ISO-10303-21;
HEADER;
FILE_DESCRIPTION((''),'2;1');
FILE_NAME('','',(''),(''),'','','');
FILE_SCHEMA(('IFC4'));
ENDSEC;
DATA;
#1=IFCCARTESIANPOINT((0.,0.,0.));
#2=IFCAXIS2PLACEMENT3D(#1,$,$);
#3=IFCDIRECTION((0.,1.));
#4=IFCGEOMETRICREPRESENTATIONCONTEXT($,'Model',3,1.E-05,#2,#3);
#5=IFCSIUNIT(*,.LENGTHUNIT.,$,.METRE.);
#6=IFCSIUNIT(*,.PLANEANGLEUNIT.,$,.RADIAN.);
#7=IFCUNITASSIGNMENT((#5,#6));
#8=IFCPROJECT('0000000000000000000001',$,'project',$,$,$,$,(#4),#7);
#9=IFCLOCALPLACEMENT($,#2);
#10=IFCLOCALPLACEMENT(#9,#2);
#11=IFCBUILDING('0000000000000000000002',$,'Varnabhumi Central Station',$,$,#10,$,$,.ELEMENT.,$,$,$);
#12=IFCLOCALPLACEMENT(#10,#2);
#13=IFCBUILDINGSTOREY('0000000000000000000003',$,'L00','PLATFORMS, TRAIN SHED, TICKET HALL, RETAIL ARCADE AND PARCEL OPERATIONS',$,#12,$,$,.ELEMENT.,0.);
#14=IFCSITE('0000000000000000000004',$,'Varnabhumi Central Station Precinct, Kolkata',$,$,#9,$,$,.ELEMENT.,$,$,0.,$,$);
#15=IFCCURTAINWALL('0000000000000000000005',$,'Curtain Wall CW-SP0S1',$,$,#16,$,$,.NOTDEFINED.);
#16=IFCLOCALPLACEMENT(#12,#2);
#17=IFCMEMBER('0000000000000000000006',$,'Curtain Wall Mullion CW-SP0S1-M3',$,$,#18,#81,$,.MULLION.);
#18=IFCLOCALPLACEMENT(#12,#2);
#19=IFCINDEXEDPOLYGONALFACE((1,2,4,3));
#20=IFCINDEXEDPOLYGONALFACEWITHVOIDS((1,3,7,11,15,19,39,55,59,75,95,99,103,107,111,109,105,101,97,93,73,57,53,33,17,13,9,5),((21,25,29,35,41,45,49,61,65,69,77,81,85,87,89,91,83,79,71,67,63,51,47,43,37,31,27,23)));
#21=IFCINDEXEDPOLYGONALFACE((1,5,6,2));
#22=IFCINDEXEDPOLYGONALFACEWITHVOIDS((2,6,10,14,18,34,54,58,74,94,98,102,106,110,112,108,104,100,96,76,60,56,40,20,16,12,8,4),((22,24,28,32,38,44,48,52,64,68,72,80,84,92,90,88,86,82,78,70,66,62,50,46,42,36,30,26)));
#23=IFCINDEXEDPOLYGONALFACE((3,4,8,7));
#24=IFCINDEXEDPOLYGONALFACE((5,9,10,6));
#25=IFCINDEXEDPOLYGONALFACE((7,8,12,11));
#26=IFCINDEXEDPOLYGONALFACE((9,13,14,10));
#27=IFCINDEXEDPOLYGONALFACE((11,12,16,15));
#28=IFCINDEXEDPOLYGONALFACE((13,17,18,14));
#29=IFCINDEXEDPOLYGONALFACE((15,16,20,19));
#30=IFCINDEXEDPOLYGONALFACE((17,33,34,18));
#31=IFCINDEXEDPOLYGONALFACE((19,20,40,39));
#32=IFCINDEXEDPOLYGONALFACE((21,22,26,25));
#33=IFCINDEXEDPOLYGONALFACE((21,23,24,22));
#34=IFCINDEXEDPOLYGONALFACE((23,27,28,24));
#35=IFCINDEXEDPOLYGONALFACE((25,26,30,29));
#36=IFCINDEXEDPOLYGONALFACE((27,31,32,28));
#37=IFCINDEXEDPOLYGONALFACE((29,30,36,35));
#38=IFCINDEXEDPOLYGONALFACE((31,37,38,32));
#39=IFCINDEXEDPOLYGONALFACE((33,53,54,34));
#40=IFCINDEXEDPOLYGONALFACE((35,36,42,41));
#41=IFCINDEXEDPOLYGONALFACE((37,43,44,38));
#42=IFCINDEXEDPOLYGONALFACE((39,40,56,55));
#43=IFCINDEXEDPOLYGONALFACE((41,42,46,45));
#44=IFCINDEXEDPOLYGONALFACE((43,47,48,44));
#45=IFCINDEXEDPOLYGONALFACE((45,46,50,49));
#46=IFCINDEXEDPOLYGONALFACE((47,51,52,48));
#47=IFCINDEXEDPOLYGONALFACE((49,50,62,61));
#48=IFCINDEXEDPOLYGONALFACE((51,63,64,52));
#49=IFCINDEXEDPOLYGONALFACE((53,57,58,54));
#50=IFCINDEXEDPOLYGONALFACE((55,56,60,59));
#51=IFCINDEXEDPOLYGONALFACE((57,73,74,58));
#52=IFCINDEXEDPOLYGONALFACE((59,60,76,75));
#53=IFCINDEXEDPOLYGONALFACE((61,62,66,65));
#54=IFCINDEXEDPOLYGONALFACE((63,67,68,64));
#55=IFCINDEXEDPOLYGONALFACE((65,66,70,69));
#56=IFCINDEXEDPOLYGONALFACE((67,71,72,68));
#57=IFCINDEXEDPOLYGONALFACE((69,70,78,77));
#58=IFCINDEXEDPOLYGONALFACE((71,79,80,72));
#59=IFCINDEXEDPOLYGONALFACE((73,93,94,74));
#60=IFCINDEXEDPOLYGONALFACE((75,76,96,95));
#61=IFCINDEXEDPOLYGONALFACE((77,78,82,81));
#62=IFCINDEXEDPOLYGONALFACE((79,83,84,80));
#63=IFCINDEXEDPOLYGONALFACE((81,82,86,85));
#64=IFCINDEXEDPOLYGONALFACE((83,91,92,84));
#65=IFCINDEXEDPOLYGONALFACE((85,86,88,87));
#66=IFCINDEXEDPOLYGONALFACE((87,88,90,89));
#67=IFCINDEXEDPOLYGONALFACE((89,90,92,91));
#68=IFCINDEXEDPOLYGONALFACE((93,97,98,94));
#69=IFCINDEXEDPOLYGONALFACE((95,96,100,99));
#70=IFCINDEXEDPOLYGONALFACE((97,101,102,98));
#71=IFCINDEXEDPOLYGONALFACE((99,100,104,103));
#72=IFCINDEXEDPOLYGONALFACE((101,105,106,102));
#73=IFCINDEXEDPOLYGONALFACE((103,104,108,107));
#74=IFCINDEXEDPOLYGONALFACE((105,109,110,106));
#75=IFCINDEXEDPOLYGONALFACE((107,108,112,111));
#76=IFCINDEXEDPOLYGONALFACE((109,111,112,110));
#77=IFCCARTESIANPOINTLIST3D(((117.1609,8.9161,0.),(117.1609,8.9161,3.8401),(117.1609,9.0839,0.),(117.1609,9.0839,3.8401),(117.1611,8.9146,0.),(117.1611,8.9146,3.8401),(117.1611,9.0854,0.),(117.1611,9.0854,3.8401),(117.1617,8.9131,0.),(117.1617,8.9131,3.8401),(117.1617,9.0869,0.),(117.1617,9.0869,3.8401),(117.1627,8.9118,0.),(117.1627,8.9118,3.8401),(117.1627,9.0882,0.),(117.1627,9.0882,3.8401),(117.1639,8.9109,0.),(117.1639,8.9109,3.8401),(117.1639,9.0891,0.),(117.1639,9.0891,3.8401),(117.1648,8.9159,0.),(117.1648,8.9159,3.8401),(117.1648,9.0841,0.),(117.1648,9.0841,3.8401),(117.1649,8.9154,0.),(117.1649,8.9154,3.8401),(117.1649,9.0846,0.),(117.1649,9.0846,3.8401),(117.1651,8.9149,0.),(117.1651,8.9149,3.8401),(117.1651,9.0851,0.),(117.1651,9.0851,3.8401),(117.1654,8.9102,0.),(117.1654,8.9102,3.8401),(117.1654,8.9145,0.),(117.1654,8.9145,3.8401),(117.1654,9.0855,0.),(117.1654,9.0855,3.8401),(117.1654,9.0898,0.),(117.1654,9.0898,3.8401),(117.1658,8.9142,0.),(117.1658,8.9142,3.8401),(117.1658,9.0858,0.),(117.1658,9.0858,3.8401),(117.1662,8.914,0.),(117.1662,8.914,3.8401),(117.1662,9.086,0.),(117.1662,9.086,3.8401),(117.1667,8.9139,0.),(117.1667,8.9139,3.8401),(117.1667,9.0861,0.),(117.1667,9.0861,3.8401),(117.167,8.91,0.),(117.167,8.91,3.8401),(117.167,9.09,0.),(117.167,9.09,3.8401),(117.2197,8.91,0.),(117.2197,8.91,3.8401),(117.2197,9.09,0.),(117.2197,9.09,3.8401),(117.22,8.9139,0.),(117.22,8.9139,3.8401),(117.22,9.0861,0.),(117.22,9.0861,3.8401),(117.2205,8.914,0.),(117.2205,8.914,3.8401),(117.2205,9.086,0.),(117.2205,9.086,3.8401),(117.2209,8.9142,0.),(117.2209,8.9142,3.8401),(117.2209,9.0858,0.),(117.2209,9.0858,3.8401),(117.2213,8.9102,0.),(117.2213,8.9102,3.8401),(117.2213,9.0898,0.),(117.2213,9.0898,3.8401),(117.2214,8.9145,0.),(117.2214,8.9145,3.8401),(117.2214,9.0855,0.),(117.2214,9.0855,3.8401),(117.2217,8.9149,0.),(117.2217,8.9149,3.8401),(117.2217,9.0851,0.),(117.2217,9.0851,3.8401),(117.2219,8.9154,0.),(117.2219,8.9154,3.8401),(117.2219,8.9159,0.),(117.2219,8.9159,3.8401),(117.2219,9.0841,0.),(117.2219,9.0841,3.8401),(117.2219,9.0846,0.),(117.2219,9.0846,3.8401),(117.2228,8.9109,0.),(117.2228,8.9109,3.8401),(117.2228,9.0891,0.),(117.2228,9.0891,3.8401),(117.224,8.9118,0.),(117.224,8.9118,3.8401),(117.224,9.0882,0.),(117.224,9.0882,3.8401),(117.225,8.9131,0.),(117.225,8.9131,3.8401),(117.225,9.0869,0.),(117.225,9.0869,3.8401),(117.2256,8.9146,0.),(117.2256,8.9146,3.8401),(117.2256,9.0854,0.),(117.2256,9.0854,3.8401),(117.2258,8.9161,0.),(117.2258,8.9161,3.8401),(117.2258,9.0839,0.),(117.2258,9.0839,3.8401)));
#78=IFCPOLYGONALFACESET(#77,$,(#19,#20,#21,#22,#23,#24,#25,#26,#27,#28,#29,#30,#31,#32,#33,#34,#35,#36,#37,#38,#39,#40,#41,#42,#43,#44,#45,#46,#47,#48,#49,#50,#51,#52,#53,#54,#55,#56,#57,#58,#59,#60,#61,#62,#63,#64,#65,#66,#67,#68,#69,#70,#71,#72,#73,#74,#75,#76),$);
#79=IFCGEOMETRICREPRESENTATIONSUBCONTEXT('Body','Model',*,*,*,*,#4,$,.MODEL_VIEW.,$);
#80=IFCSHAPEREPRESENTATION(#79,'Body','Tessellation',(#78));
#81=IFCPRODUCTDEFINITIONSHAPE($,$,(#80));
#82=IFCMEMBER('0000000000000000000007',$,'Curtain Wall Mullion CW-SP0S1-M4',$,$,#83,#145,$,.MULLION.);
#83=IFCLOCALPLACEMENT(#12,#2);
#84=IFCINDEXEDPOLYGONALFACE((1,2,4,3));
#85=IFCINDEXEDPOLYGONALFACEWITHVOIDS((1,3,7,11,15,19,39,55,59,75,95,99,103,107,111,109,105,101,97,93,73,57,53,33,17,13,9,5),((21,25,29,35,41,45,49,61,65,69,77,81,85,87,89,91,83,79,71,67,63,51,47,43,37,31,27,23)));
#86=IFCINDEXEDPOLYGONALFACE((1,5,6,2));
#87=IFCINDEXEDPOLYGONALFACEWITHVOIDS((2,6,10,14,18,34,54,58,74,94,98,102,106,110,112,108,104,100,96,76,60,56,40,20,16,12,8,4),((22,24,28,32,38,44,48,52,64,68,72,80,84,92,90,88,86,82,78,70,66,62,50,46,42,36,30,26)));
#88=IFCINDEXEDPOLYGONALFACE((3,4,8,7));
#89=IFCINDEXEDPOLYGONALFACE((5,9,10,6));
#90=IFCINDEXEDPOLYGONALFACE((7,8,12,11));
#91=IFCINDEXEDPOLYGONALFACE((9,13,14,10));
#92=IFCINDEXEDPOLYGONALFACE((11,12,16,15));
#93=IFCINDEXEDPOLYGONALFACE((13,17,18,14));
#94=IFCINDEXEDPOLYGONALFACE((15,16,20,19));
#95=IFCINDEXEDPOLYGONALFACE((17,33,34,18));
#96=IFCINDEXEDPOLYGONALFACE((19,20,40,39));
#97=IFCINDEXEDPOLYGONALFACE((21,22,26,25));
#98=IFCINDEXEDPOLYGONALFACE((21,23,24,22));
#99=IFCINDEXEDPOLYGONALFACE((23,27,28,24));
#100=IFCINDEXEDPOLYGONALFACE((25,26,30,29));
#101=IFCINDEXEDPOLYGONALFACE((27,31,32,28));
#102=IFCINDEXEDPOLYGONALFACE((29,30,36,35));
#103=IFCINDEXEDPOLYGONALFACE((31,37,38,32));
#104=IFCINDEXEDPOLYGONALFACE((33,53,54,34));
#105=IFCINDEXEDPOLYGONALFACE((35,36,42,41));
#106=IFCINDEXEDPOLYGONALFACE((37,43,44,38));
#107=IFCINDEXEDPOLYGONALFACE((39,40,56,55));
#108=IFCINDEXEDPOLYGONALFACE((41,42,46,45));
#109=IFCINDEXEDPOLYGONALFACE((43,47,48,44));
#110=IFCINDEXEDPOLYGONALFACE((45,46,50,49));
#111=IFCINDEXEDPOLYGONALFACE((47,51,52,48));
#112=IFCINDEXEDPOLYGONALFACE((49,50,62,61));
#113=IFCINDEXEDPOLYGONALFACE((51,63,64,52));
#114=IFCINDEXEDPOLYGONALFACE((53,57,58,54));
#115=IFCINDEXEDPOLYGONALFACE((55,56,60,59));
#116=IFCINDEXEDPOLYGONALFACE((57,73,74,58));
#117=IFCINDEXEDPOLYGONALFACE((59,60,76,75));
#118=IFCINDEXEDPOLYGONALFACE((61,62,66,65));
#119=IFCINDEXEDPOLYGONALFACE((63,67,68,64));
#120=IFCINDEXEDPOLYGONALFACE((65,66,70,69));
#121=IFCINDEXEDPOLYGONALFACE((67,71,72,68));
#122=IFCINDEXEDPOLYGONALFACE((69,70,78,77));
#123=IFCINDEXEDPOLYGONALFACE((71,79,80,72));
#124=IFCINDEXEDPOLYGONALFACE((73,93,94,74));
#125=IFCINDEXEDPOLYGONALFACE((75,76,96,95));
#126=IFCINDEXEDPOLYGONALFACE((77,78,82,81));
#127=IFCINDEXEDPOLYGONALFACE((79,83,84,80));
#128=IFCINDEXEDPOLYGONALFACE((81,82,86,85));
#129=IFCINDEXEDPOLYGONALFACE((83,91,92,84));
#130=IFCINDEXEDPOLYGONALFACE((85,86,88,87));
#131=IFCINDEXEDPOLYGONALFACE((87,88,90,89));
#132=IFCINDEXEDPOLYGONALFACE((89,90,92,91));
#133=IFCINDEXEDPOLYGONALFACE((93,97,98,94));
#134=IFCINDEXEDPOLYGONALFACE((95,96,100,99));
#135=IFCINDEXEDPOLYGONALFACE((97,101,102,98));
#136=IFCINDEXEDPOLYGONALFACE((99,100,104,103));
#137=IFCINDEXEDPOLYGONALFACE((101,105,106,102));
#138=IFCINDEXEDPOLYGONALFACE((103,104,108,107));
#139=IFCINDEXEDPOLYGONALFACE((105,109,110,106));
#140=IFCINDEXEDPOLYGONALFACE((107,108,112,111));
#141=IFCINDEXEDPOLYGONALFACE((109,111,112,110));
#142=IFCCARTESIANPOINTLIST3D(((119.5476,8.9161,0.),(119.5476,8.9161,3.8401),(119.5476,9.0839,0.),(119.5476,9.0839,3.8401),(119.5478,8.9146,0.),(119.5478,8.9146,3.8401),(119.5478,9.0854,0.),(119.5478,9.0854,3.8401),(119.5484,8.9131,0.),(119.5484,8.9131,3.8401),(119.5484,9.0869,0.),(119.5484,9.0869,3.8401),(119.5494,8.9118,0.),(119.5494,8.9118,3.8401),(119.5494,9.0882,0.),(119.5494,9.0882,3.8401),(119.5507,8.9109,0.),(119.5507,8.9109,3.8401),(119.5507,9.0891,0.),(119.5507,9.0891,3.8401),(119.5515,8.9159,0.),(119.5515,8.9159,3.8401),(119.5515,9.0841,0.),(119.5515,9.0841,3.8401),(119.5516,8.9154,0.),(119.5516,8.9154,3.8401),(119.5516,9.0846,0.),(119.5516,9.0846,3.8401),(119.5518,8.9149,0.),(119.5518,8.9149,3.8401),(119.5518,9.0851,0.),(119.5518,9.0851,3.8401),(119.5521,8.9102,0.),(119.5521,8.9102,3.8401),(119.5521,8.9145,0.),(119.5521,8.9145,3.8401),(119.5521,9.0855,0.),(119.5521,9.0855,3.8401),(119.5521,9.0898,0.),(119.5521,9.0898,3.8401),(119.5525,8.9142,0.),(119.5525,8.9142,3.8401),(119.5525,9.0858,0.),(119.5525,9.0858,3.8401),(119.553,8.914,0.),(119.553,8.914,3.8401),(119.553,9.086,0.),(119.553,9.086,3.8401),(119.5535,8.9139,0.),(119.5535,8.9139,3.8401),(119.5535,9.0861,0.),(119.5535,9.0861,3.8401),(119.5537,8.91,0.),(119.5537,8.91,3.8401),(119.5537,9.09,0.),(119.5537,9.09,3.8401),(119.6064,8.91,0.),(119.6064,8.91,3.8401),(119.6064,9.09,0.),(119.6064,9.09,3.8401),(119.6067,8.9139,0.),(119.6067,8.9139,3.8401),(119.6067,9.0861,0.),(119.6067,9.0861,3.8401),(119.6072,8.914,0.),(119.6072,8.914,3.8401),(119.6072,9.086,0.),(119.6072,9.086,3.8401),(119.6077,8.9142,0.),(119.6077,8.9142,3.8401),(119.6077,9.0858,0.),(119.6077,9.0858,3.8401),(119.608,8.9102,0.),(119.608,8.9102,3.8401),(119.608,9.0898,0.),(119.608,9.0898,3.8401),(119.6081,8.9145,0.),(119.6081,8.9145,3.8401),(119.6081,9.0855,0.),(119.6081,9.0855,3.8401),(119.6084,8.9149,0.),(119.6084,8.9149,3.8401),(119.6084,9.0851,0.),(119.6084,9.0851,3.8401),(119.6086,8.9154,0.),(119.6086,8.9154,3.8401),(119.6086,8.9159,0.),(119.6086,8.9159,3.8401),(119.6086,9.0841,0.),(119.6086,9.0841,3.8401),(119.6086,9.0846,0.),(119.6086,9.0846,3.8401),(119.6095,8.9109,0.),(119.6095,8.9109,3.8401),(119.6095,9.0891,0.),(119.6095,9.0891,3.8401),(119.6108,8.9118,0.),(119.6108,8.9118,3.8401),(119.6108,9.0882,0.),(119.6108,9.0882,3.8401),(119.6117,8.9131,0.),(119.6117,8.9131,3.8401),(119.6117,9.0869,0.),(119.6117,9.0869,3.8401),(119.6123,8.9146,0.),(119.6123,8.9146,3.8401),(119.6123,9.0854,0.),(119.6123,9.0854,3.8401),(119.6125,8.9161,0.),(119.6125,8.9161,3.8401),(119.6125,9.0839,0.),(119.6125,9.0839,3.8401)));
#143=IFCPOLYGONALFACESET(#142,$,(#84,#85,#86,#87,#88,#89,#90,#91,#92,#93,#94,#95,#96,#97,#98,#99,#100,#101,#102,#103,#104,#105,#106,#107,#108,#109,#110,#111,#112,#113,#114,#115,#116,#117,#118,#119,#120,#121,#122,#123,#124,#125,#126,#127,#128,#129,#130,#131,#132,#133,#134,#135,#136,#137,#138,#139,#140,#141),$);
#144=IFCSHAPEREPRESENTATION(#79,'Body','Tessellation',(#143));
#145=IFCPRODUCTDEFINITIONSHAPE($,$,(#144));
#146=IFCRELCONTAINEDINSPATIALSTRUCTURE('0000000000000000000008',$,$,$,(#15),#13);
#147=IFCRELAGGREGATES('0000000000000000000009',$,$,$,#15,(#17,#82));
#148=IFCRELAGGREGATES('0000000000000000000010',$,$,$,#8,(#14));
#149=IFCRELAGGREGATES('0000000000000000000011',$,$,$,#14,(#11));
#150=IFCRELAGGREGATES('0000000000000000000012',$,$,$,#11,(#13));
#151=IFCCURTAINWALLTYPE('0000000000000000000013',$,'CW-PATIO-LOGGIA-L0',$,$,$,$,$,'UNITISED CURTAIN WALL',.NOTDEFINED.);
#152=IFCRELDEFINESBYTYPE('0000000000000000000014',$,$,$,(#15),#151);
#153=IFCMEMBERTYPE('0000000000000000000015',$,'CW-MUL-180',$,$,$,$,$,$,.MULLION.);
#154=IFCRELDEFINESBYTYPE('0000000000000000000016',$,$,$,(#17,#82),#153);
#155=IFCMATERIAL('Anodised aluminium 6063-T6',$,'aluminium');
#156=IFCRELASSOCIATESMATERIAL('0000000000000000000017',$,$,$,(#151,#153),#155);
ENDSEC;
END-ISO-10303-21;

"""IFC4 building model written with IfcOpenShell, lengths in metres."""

from ifc_helpers import new_model, si_unit, direction, frame, origin, origin_2d, place, context, subcontext, project, spatial, hollow_rectangle, extrude, material, material_profile, profile_set, type_object, element, aggregate, save


model = new_model("IFC4")

# Units and contexts
model_context = context("Model", 3, precision=1e-05, world=origin(), true_north=direction((0.0, 1.0)))
body_context = subcontext(model_context, "Body", "Model", "MODEL_VIEW")
ifc_project = project(units=[si_unit("LENGTHUNIT", "METRE"), si_unit("PLANEANGLEUNIT", "RADIAN")], contexts=[model_context])

# Site, building, storey
site_placement = place(None, origin())
site = spatial("IfcSite", under=ifc_project, at=site_placement, Name="Varnabhumi Central Station Precinct, Kolkata", CompositionType="ELEMENT", RefElevation=0.0)
building_placement = place(site_placement, origin())
building = spatial("IfcBuilding", under=site, at=building_placement, Name="Varnabhumi Central Station", CompositionType="ELEMENT")
storey_placement = place(building_placement, origin())
storey = spatial("IfcBuildingStorey", under=building, at=storey_placement, Name="L00", Description="PLATFORMS, TRAIN SHED, TICKET HALL, RETAIL ARCADE AND PARCEL OPERATIONS", CompositionType="ELEMENT", Elevation=0.0)

# Curtain wall, members
ifc_material_1 = material(Name="Anodised aluminium 6063-T6", Category="aluminium")
curtain_wall_type = type_object("IfcCurtainWallType", Name="CW-PATIO-LOGGIA-L0", ElementType="UNITISED CURTAIN WALL", PredefinedType="NOTDEFINED", material=ifc_material_1)
ifc_material_profile_1 = material_profile(ifc_material_1, hollow_rectangle(XDim=0.0649, YDim=0.1799, WallThickness=0.0039, InnerFilletRadius=0.002, OuterFilletRadius=0.0061, at=origin_2d()), Name="Anodised aluminium 6063-T6", Category="aluminium")
ifc_profile_set_1 = profile_set([ifc_material_profile_1], Name="Anodised aluminium 6063-T6")
member_type_1 = type_object("IfcMemberType", Name="CW-MUL-180", PredefinedType="MULLION", material=ifc_profile_set_1)
curtain_wall_1_placement = place(storey_placement, origin())
curtain_wall_1 = element("IfcCurtainWall", 1, at=curtain_wall_1_placement, inside=storey, type_object=curtain_wall_type, Name="Curtain Wall CW-SP0S1", PredefinedType="NOTDEFINED")
member_1_placement = place(storey_placement, frame((117.1934, 9.0, 0.0), z_axis=(0.0, 0.0, 1.0), x_axis=(1.0, 0.0, 0.0)))
member_1 = element("IfcMember", 2, at=member_1_placement, type_object=member_type_1, Name="Curtain Wall Mullion CW-SP0S1-M3", PredefinedType="MULLION", context=body_context, shape_type="SweptSolid", body=[
    extrude(hollow_rectangle(XDim=0.0649, YDim=0.1799, WallThickness=0.0039, InnerFilletRadius=0.002, OuterFilletRadius=0.0061, at=origin_2d()), origin(), (0.0, 0.0, 1.0), 3.8401),
])
member_2_placement = place(storey_placement, frame((119.5801, 9.0, 0.0), z_axis=(0.0, 0.0, 1.0), x_axis=(1.0, 0.0, 0.0)))
member_2 = element("IfcMember", 3, at=member_2_placement, type_object=member_type_1, Name="Curtain Wall Mullion CW-SP0S1-M4", PredefinedType="MULLION", context=body_context, shape_type="SweptSolid", body=[
    extrude(hollow_rectangle(XDim=0.0649, YDim=0.1799, WallThickness=0.0039, InnerFilletRadius=0.002, OuterFilletRadius=0.0061, at=origin_2d()), origin(), (0.0, 0.0, 1.0), 3.8401),
])

aggregate(curtain_wall_1, [member_1, member_2])

save(model, "model.ifc")
